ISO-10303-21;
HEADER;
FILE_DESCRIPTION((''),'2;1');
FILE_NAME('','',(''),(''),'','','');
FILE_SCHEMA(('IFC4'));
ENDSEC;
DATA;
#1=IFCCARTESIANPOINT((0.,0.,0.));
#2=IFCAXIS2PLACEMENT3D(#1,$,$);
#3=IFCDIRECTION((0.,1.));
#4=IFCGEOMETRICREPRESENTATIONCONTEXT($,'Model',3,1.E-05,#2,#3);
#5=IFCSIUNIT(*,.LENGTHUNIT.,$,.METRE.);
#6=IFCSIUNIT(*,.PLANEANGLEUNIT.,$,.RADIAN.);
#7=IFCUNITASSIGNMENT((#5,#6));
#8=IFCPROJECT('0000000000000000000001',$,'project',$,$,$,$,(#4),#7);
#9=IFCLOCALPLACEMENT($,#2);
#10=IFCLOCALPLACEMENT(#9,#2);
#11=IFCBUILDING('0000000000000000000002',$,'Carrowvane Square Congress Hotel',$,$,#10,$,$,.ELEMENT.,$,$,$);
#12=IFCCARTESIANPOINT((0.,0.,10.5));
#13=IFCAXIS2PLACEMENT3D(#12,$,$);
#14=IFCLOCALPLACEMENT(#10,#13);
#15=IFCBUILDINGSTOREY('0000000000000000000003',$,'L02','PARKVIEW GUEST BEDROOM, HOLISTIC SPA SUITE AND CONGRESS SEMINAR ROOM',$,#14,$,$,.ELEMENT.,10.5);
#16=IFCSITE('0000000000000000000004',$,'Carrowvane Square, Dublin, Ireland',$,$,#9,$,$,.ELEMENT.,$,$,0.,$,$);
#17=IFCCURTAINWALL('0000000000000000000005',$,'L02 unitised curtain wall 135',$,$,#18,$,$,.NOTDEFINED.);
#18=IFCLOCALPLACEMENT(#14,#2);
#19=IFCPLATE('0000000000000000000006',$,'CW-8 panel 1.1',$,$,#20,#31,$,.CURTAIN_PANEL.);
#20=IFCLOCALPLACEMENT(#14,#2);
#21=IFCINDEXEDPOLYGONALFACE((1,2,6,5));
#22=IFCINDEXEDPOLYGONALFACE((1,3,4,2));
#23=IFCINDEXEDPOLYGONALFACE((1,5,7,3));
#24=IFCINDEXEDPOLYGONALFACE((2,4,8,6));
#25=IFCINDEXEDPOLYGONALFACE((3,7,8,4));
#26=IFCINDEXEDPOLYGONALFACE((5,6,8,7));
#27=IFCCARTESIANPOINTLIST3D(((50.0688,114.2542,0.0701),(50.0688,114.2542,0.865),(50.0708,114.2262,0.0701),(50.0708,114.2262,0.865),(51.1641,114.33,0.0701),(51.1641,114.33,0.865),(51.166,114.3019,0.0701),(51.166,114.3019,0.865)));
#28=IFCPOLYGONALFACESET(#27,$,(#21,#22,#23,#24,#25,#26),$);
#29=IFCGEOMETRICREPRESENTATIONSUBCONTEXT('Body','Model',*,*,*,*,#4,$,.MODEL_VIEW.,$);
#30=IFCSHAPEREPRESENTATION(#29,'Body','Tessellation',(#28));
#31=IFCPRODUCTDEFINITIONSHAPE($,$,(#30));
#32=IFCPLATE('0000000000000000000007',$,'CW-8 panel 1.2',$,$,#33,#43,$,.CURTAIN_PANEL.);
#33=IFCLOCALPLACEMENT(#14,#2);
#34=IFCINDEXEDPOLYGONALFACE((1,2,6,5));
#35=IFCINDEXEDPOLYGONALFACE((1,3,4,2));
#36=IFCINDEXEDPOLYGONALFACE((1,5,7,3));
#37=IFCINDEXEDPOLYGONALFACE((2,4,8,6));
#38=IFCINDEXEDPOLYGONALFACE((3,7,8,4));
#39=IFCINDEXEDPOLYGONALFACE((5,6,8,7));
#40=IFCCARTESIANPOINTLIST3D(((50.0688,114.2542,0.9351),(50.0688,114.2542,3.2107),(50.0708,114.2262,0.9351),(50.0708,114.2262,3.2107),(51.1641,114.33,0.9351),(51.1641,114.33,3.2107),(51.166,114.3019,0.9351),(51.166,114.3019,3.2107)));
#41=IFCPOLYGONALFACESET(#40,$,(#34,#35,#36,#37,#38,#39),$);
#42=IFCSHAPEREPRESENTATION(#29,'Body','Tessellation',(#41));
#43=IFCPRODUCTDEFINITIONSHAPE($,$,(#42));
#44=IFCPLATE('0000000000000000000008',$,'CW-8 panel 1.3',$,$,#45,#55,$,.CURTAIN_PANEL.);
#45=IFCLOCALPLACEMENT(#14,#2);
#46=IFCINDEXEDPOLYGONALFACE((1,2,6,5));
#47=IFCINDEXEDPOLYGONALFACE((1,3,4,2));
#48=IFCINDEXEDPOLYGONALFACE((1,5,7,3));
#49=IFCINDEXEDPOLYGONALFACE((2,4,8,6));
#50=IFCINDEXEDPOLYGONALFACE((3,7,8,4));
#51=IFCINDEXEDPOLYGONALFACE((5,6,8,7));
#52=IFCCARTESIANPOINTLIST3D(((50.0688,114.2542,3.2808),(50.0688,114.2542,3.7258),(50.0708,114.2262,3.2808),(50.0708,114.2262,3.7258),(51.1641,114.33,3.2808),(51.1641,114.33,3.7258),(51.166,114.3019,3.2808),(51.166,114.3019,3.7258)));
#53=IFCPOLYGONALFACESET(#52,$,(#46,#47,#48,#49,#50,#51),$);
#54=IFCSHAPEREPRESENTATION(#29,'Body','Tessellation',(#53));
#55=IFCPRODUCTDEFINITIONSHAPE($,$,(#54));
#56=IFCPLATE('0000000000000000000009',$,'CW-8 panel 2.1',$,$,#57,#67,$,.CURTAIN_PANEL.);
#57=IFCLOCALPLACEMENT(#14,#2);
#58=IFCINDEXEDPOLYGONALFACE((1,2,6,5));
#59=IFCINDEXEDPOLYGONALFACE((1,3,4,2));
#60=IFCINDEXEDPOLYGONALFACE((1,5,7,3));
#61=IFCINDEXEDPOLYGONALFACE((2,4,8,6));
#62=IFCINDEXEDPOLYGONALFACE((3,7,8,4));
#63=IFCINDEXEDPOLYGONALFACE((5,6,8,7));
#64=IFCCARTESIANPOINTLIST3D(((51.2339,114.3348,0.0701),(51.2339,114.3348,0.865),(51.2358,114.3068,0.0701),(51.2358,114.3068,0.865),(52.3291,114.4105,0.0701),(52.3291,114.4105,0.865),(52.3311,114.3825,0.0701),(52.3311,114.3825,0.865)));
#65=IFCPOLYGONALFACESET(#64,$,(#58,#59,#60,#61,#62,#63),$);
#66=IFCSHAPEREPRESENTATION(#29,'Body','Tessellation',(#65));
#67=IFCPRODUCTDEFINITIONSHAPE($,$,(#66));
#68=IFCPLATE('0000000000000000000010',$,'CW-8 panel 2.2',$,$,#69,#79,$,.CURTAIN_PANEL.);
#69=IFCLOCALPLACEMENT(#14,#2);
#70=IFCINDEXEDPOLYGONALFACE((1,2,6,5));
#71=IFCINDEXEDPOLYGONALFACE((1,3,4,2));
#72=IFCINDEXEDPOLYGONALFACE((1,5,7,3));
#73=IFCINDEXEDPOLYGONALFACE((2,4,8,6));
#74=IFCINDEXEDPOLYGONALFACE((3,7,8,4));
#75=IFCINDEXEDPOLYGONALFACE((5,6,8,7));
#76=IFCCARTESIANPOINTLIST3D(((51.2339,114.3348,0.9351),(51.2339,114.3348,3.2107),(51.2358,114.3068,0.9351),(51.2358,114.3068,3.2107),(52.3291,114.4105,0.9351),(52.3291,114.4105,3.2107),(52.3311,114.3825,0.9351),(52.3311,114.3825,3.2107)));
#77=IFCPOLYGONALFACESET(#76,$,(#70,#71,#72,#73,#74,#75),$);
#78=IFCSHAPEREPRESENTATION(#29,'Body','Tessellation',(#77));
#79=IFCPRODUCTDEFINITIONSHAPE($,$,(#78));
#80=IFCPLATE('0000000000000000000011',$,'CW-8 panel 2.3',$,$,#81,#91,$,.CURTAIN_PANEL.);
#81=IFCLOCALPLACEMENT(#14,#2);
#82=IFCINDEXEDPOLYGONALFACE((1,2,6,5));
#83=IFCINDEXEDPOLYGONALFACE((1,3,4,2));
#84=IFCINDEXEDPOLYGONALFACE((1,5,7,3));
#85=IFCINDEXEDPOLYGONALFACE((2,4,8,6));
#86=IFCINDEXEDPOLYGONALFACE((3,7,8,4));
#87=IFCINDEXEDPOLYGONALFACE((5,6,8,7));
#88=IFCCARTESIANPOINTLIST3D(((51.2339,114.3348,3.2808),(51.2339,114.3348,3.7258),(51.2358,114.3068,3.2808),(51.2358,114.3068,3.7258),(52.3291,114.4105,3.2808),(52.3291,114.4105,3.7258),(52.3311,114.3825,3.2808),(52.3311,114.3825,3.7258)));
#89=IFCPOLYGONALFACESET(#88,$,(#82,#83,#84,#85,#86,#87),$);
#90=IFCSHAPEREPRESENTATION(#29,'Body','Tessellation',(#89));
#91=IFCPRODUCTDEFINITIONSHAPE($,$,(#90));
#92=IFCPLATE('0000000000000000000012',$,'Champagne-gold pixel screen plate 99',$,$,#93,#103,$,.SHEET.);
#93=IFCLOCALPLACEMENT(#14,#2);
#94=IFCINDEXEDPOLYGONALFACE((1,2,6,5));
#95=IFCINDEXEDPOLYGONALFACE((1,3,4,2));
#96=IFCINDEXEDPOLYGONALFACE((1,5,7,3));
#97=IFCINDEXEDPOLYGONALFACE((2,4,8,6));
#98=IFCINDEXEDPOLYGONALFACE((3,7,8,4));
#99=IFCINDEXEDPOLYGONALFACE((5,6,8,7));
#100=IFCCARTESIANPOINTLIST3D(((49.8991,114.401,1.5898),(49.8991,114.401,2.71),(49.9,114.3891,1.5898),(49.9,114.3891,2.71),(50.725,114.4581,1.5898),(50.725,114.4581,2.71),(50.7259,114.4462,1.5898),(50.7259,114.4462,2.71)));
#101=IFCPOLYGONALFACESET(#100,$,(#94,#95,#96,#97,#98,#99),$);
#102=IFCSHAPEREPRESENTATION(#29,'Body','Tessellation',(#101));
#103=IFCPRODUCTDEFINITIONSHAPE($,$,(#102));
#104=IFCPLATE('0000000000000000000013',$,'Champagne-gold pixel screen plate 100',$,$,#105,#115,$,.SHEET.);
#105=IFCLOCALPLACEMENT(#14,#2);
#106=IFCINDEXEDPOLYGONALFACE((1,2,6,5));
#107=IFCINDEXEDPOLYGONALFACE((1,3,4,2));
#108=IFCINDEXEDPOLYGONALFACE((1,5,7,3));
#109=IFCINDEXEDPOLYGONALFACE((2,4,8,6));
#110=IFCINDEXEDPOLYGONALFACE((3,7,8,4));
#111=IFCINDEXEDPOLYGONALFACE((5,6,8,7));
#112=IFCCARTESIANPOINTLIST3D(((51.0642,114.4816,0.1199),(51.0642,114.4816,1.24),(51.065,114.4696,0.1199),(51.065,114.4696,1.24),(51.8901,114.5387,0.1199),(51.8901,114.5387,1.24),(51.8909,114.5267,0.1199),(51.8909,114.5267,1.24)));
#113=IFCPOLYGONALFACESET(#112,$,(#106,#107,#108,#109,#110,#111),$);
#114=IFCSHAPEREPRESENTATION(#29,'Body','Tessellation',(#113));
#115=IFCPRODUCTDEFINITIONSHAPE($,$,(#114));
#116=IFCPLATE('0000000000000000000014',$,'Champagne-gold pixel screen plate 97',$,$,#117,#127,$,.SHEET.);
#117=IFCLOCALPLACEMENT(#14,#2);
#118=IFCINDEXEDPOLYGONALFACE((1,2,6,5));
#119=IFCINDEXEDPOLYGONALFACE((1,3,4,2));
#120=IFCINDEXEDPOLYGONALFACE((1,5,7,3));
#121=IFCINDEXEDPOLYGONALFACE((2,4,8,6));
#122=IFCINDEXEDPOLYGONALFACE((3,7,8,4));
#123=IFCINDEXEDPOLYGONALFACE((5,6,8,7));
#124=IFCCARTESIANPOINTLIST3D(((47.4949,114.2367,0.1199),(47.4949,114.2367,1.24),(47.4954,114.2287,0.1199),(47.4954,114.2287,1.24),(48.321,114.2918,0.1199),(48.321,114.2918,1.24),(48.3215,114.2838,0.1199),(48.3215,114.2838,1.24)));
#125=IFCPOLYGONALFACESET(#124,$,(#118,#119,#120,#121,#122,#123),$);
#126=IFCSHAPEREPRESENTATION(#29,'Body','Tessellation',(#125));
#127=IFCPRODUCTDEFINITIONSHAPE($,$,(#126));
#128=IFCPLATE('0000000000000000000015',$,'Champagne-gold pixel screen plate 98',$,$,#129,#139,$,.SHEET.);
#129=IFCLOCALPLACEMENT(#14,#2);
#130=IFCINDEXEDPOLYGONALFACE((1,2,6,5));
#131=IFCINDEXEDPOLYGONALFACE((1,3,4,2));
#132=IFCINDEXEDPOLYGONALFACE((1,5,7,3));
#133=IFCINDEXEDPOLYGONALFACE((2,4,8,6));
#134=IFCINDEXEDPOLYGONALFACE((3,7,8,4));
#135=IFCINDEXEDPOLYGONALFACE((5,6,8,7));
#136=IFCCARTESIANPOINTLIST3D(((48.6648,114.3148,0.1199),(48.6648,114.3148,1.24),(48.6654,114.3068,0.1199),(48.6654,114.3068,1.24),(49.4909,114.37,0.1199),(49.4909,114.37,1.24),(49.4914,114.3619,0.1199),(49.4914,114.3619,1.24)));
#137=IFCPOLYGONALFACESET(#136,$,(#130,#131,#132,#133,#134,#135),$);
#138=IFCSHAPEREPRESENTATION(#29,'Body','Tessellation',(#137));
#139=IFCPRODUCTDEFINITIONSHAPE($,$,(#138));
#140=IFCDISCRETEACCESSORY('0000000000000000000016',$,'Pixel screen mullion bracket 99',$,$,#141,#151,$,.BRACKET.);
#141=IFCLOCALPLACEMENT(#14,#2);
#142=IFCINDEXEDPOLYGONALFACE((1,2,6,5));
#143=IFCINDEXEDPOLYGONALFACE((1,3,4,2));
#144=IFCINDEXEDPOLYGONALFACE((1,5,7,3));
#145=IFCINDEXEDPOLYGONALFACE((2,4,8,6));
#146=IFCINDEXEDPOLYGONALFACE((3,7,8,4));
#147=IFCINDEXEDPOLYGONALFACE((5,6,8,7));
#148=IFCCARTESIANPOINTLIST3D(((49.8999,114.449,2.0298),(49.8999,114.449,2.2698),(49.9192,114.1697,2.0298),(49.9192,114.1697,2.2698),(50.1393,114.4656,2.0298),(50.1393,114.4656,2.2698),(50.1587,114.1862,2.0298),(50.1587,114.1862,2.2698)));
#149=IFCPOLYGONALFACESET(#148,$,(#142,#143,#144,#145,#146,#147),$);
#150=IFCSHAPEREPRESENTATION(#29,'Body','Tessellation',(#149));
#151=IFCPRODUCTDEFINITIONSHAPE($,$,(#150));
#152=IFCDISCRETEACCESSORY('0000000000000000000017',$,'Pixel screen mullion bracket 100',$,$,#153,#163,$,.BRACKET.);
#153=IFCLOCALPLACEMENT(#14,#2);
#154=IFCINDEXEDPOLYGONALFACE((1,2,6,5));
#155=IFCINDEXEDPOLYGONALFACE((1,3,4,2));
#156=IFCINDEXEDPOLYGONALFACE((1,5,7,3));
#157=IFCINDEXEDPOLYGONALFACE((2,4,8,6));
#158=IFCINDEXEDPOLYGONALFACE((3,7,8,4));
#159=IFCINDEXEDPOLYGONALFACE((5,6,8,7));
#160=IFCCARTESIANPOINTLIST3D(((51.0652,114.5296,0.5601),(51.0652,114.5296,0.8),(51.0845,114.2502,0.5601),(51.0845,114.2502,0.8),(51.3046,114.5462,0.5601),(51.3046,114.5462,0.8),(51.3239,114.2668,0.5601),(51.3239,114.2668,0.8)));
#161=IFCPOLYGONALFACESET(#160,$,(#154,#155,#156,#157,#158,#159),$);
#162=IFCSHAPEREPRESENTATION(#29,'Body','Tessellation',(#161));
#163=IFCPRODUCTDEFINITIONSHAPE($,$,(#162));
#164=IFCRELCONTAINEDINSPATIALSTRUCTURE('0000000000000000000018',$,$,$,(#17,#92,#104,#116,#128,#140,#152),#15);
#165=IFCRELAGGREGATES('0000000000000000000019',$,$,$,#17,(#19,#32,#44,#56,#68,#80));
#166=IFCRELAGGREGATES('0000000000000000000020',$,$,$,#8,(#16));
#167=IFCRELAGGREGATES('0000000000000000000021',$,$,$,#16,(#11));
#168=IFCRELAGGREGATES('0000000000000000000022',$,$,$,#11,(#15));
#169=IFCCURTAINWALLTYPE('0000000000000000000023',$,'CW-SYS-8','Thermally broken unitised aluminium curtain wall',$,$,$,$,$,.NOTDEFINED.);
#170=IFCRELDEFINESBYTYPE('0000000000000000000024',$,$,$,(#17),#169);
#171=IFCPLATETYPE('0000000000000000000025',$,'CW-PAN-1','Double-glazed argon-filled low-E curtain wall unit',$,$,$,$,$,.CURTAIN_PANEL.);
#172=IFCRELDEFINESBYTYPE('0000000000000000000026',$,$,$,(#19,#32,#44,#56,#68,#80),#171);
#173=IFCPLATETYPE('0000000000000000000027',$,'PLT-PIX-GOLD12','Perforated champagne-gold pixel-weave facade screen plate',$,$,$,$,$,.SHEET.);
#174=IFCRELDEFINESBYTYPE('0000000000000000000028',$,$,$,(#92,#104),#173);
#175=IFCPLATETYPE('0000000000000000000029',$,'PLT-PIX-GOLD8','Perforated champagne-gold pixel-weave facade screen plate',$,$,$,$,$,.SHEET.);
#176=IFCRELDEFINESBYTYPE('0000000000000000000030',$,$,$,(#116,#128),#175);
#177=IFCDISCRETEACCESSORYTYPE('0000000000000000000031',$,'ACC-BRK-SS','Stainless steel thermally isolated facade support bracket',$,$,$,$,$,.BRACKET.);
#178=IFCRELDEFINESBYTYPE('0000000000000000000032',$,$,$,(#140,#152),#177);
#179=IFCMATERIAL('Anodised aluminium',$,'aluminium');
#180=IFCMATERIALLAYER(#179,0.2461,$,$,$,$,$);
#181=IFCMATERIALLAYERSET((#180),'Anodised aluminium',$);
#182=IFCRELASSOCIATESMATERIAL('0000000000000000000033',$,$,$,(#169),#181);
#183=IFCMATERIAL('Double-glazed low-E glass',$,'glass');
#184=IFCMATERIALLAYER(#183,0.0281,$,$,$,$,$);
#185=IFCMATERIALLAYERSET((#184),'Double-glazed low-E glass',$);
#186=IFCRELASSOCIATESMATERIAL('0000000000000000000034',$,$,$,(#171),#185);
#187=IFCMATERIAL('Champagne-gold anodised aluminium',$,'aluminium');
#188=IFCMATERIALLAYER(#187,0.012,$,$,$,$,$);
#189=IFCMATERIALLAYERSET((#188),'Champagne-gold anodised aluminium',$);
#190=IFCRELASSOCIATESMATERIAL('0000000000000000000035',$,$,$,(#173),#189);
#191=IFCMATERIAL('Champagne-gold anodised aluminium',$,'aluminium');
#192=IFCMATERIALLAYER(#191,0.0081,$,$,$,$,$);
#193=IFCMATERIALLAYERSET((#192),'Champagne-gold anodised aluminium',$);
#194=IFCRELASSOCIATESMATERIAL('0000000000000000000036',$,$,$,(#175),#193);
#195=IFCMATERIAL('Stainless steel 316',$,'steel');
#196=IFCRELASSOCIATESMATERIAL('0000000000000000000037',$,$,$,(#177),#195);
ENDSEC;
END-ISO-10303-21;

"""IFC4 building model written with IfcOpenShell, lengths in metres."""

from ifc_helpers import new_model, si_unit, direction, frame, origin, origin_2d, place, context, subcontext, project, spatial, rectangle, extrude, material, layer, layer_set, type_object, element, aggregate, save


model = new_model("IFC4")

# Units and contexts
model_context = context("Model", 3, precision=1e-05, world=origin(), true_north=direction((0.0, 1.0)))
body_context = subcontext(model_context, "Body", "Model", "MODEL_VIEW")
ifc_project = project(units=[si_unit("LENGTHUNIT", "METRE"), si_unit("PLANEANGLEUNIT", "RADIAN")], contexts=[model_context])

# Site, building, storey
site_placement = place(None, origin())
site = spatial("IfcSite", under=ifc_project, at=site_placement, Name="Carrowvane Square, Dublin, Ireland", CompositionType="ELEMENT", RefElevation=0.0)
building_placement = place(site_placement, origin())
building = spatial("IfcBuilding", under=site, at=building_placement, Name="Carrowvane Square Congress Hotel", CompositionType="ELEMENT")
storey_placement = place(building_placement, frame((0.0, 0.0, 10.5)))
storey = spatial("IfcBuildingStorey", under=building, at=storey_placement, Name="L02", Description="PARKVIEW GUEST BEDROOM, HOLISTIC SPA SUITE AND CONGRESS SEMINAR ROOM", CompositionType="ELEMENT", Elevation=10.5)

# Curtain wall
ifc_material_1 = material(Name="Anodised aluminium", Category="aluminium")
ifc_layer_1 = layer(ifc_material_1, 0.2461)
ifc_layer_set_1 = layer_set([ifc_layer_1], Name="Anodised aluminium")
curtain_wall_type_1 = type_object("IfcCurtainWallType", Name="CW-SYS-8", Description="Thermally broken unitised aluminium curtain wall", PredefinedType="NOTDEFINED", material=ifc_layer_set_1)
curtain_wall_1_placement = place(storey_placement, origin())
curtain_wall_1 = element("IfcCurtainWall", 1, at=curtain_wall_1_placement, inside=storey, type_object=curtain_wall_type_1, Name="L02 unitised curtain wall 135", PredefinedType="NOTDEFINED")

# Plates
ifc_material_2 = material(Name="Double-glazed low-E glass", Category="glass")
ifc_layer_2 = layer(ifc_material_2, 0.0281)
ifc_layer_set_2 = layer_set([ifc_layer_2], Name="Double-glazed low-E glass")
plate_type_1 = type_object("IfcPlateType", Name="CW-PAN-1", Description="Double-glazed argon-filled low-E curtain wall unit", PredefinedType="CURTAIN_PANEL", material=ifc_layer_set_2)
plate_1_placement = place(storey_placement, frame((50.6174, 114.2781, 0.0701), z_axis=(0.0, 0.0, 1.0), x_axis=(0.997618, 0.068986, 0.0)))
plate_1 = element("IfcPlate", 2, at=plate_1_placement, type_object=plate_type_1, Name="CW-8 panel 1.1", PredefinedType="CURTAIN_PANEL", context=body_context, shape_type="SweptSolid", body=[
    extrude(rectangle(XDim=1.0979, YDim=0.0281, at=origin_2d()), origin(), (0.0, 0.0, 1.0), 0.7949),
])
plate_2_placement = place(storey_placement, frame((50.6174, 114.2781, 0.9351), z_axis=(0.0, 0.0, 1.0), x_axis=(0.997618, 0.068986, 0.0)))
plate_2 = element("IfcPlate", 3, at=plate_2_placement, type_object=plate_type_1, Name="CW-8 panel 1.2", PredefinedType="CURTAIN_PANEL", context=body_context, shape_type="SweptSolid", body=[
    extrude(rectangle(XDim=1.0979, YDim=0.0281, at=origin_2d()), origin(), (0.0, 0.0, 1.0), 2.2756),
])
plate_3_placement = place(storey_placement, frame((50.6174, 114.2781, 3.2808), z_axis=(0.0, 0.0, 1.0), x_axis=(0.997618, 0.068986, 0.0)))
plate_3 = element("IfcPlate", 4, at=plate_3_placement, type_object=plate_type_1, Name="CW-8 panel 1.3", PredefinedType="CURTAIN_PANEL", context=body_context, shape_type="SweptSolid", body=[
    extrude(rectangle(XDim=1.0979, YDim=0.0281, at=origin_2d()), origin(), (0.0, 0.0, 1.0), 0.4451),
])
plate_4_placement = place(storey_placement, frame((51.7825, 114.3586, 0.0701), z_axis=(0.0, 0.0, 1.0), x_axis=(0.997618, 0.068986, 0.0)))
plate_4 = element("IfcPlate", 5, at=plate_4_placement, type_object=plate_type_1, Name="CW-8 panel 2.1", PredefinedType="CURTAIN_PANEL", context=body_context, shape_type="SweptSolid", body=[
    extrude(rectangle(XDim=1.0979, YDim=0.0281, at=origin_2d()), origin(), (0.0, 0.0, 1.0), 0.7949),
])
plate_5_placement = place(storey_placement, frame((51.7825, 114.3586, 0.9351), z_axis=(0.0, 0.0, 1.0), x_axis=(0.997618, 0.068986, 0.0)))
plate_5 = element("IfcPlate", 6, at=plate_5_placement, type_object=plate_type_1, Name="CW-8 panel 2.2", PredefinedType="CURTAIN_PANEL", context=body_context, shape_type="SweptSolid", body=[
    extrude(rectangle(XDim=1.0979, YDim=0.0281, at=origin_2d()), origin(), (0.0, 0.0, 1.0), 2.2756),
])
plate_6_placement = place(storey_placement, frame((51.7825, 114.3586, 3.2808), z_axis=(0.0, 0.0, 1.0), x_axis=(0.997618, 0.068986, 0.0)))
plate_6 = element("IfcPlate", 7, at=plate_6_placement, type_object=plate_type_1, Name="CW-8 panel 2.3", PredefinedType="CURTAIN_PANEL", context=body_context, shape_type="SweptSolid", body=[
    extrude(rectangle(XDim=1.0979, YDim=0.0281, at=origin_2d()), origin(), (0.0, 0.0, 1.0), 0.4451),
])
aggregate(curtain_wall_1, [plate_1, plate_2, plate_3, plate_4, plate_5, plate_6])

# Plates
ifc_material_3 = material(Name="Champagne-gold anodised aluminium", Category="aluminium")
ifc_layer_3 = layer(ifc_material_3, 0.012)
ifc_layer_set_3 = layer_set([ifc_layer_3], Name="Champagne-gold anodised aluminium")
plate_type_2 = type_object("IfcPlateType", Name="PLT-PIX-GOLD12", Description="Perforated champagne-gold pixel-weave facade screen plate", PredefinedType="SHEET", material=ifc_layer_set_3)
for number, where, z_axis, x_axis, name in (
    (8, (50.3125, 114.4236, 1.5898), (0.0, 0.0, 1.0), (0.997618, 0.068987, 0.0), "Champagne-gold pixel screen plate 99"),
    (9, (51.4775, 114.5042, 0.1199), (0.0, 0.0, 1.0), (0.997618, 0.068987, 0.0), "Champagne-gold pixel screen plate 100"),
):
    element("IfcPlate", number, at=place(storey_placement, frame(where, z_axis=z_axis, x_axis=x_axis)), inside=storey, type_object=plate_type_2, Name=name, PredefinedType="SHEET", context=body_context, shape_type="SweptSolid", body=[
        extrude(rectangle(XDim=0.8279, YDim=0.012, at=origin_2d()), origin(), (0.0, 0.0, 1.0), 1.1201),
    ])
ifc_material_4 = material(Name="Champagne-gold anodised aluminium", Category="aluminium")
ifc_layer_4 = layer(ifc_material_4, 0.0081)
ifc_layer_set_4 = layer_set([ifc_layer_4], Name="Champagne-gold anodised aluminium")
plate_type_3 = type_object("IfcPlateType", Name="PLT-PIX-GOLD8", Description="Perforated champagne-gold pixel-weave facade screen plate", PredefinedType="SHEET", material=ifc_layer_set_4)
for number, where, z_axis, x_axis, name in (
    (10, (47.9082, 114.2603, 0.1199), (0.0, 0.0, 1.0), (0.997781, 0.066574, 0.0), "Champagne-gold pixel screen plate 97"),
    (11, (49.0781, 114.3384, 0.1199), (0.0, 0.0, 1.0), (0.997781, 0.066574, 0.0), "Champagne-gold pixel screen plate 98"),
):
    element("IfcPlate", number, at=place(storey_placement, frame(where, z_axis=z_axis, x_axis=x_axis)), inside=storey, type_object=plate_type_3, Name=name, PredefinedType="SHEET", context=body_context, shape_type="SweptSolid", body=[
        extrude(rectangle(XDim=0.8279, YDim=0.0081, at=origin_2d()), origin(), (0.0, 0.0, 1.0), 1.1201),
    ])

# Discrete accessories
ifc_material_5 = material(Name="Stainless steel 316", Category="steel")
discrete_accessory_type = type_object("IfcDiscreteAccessoryType", Name="ACC-BRK-SS", Description="Stainless steel thermally isolated facade support bracket", PredefinedType="BRACKET", material=ifc_material_5)
for number, where, z_axis, x_axis, name in (
    (12, (50.0293, 114.3176, 2.0298), (0.0, 0.0, 1.0), (0.997618, 0.068987, 0.0), "Pixel screen mullion bracket 99"),
    (13, (51.1946, 114.3982, 0.5601), (0.0, 0.0, 1.0), (0.997618, 0.068987, 0.0), "Pixel screen mullion bracket 100"),
):
    element("IfcDiscreteAccessory", number, at=place(storey_placement, frame(where, z_axis=z_axis, x_axis=x_axis)), inside=storey, type_object=discrete_accessory_type, Name=name, PredefinedType="BRACKET", context=body_context, shape_type="SweptSolid", body=[
        extrude(rectangle(XDim=0.24, YDim=0.28, at=origin_2d()), origin(), (0.0, 0.0, 1.0), 0.24),
    ])

save(model, "model.ifc")
